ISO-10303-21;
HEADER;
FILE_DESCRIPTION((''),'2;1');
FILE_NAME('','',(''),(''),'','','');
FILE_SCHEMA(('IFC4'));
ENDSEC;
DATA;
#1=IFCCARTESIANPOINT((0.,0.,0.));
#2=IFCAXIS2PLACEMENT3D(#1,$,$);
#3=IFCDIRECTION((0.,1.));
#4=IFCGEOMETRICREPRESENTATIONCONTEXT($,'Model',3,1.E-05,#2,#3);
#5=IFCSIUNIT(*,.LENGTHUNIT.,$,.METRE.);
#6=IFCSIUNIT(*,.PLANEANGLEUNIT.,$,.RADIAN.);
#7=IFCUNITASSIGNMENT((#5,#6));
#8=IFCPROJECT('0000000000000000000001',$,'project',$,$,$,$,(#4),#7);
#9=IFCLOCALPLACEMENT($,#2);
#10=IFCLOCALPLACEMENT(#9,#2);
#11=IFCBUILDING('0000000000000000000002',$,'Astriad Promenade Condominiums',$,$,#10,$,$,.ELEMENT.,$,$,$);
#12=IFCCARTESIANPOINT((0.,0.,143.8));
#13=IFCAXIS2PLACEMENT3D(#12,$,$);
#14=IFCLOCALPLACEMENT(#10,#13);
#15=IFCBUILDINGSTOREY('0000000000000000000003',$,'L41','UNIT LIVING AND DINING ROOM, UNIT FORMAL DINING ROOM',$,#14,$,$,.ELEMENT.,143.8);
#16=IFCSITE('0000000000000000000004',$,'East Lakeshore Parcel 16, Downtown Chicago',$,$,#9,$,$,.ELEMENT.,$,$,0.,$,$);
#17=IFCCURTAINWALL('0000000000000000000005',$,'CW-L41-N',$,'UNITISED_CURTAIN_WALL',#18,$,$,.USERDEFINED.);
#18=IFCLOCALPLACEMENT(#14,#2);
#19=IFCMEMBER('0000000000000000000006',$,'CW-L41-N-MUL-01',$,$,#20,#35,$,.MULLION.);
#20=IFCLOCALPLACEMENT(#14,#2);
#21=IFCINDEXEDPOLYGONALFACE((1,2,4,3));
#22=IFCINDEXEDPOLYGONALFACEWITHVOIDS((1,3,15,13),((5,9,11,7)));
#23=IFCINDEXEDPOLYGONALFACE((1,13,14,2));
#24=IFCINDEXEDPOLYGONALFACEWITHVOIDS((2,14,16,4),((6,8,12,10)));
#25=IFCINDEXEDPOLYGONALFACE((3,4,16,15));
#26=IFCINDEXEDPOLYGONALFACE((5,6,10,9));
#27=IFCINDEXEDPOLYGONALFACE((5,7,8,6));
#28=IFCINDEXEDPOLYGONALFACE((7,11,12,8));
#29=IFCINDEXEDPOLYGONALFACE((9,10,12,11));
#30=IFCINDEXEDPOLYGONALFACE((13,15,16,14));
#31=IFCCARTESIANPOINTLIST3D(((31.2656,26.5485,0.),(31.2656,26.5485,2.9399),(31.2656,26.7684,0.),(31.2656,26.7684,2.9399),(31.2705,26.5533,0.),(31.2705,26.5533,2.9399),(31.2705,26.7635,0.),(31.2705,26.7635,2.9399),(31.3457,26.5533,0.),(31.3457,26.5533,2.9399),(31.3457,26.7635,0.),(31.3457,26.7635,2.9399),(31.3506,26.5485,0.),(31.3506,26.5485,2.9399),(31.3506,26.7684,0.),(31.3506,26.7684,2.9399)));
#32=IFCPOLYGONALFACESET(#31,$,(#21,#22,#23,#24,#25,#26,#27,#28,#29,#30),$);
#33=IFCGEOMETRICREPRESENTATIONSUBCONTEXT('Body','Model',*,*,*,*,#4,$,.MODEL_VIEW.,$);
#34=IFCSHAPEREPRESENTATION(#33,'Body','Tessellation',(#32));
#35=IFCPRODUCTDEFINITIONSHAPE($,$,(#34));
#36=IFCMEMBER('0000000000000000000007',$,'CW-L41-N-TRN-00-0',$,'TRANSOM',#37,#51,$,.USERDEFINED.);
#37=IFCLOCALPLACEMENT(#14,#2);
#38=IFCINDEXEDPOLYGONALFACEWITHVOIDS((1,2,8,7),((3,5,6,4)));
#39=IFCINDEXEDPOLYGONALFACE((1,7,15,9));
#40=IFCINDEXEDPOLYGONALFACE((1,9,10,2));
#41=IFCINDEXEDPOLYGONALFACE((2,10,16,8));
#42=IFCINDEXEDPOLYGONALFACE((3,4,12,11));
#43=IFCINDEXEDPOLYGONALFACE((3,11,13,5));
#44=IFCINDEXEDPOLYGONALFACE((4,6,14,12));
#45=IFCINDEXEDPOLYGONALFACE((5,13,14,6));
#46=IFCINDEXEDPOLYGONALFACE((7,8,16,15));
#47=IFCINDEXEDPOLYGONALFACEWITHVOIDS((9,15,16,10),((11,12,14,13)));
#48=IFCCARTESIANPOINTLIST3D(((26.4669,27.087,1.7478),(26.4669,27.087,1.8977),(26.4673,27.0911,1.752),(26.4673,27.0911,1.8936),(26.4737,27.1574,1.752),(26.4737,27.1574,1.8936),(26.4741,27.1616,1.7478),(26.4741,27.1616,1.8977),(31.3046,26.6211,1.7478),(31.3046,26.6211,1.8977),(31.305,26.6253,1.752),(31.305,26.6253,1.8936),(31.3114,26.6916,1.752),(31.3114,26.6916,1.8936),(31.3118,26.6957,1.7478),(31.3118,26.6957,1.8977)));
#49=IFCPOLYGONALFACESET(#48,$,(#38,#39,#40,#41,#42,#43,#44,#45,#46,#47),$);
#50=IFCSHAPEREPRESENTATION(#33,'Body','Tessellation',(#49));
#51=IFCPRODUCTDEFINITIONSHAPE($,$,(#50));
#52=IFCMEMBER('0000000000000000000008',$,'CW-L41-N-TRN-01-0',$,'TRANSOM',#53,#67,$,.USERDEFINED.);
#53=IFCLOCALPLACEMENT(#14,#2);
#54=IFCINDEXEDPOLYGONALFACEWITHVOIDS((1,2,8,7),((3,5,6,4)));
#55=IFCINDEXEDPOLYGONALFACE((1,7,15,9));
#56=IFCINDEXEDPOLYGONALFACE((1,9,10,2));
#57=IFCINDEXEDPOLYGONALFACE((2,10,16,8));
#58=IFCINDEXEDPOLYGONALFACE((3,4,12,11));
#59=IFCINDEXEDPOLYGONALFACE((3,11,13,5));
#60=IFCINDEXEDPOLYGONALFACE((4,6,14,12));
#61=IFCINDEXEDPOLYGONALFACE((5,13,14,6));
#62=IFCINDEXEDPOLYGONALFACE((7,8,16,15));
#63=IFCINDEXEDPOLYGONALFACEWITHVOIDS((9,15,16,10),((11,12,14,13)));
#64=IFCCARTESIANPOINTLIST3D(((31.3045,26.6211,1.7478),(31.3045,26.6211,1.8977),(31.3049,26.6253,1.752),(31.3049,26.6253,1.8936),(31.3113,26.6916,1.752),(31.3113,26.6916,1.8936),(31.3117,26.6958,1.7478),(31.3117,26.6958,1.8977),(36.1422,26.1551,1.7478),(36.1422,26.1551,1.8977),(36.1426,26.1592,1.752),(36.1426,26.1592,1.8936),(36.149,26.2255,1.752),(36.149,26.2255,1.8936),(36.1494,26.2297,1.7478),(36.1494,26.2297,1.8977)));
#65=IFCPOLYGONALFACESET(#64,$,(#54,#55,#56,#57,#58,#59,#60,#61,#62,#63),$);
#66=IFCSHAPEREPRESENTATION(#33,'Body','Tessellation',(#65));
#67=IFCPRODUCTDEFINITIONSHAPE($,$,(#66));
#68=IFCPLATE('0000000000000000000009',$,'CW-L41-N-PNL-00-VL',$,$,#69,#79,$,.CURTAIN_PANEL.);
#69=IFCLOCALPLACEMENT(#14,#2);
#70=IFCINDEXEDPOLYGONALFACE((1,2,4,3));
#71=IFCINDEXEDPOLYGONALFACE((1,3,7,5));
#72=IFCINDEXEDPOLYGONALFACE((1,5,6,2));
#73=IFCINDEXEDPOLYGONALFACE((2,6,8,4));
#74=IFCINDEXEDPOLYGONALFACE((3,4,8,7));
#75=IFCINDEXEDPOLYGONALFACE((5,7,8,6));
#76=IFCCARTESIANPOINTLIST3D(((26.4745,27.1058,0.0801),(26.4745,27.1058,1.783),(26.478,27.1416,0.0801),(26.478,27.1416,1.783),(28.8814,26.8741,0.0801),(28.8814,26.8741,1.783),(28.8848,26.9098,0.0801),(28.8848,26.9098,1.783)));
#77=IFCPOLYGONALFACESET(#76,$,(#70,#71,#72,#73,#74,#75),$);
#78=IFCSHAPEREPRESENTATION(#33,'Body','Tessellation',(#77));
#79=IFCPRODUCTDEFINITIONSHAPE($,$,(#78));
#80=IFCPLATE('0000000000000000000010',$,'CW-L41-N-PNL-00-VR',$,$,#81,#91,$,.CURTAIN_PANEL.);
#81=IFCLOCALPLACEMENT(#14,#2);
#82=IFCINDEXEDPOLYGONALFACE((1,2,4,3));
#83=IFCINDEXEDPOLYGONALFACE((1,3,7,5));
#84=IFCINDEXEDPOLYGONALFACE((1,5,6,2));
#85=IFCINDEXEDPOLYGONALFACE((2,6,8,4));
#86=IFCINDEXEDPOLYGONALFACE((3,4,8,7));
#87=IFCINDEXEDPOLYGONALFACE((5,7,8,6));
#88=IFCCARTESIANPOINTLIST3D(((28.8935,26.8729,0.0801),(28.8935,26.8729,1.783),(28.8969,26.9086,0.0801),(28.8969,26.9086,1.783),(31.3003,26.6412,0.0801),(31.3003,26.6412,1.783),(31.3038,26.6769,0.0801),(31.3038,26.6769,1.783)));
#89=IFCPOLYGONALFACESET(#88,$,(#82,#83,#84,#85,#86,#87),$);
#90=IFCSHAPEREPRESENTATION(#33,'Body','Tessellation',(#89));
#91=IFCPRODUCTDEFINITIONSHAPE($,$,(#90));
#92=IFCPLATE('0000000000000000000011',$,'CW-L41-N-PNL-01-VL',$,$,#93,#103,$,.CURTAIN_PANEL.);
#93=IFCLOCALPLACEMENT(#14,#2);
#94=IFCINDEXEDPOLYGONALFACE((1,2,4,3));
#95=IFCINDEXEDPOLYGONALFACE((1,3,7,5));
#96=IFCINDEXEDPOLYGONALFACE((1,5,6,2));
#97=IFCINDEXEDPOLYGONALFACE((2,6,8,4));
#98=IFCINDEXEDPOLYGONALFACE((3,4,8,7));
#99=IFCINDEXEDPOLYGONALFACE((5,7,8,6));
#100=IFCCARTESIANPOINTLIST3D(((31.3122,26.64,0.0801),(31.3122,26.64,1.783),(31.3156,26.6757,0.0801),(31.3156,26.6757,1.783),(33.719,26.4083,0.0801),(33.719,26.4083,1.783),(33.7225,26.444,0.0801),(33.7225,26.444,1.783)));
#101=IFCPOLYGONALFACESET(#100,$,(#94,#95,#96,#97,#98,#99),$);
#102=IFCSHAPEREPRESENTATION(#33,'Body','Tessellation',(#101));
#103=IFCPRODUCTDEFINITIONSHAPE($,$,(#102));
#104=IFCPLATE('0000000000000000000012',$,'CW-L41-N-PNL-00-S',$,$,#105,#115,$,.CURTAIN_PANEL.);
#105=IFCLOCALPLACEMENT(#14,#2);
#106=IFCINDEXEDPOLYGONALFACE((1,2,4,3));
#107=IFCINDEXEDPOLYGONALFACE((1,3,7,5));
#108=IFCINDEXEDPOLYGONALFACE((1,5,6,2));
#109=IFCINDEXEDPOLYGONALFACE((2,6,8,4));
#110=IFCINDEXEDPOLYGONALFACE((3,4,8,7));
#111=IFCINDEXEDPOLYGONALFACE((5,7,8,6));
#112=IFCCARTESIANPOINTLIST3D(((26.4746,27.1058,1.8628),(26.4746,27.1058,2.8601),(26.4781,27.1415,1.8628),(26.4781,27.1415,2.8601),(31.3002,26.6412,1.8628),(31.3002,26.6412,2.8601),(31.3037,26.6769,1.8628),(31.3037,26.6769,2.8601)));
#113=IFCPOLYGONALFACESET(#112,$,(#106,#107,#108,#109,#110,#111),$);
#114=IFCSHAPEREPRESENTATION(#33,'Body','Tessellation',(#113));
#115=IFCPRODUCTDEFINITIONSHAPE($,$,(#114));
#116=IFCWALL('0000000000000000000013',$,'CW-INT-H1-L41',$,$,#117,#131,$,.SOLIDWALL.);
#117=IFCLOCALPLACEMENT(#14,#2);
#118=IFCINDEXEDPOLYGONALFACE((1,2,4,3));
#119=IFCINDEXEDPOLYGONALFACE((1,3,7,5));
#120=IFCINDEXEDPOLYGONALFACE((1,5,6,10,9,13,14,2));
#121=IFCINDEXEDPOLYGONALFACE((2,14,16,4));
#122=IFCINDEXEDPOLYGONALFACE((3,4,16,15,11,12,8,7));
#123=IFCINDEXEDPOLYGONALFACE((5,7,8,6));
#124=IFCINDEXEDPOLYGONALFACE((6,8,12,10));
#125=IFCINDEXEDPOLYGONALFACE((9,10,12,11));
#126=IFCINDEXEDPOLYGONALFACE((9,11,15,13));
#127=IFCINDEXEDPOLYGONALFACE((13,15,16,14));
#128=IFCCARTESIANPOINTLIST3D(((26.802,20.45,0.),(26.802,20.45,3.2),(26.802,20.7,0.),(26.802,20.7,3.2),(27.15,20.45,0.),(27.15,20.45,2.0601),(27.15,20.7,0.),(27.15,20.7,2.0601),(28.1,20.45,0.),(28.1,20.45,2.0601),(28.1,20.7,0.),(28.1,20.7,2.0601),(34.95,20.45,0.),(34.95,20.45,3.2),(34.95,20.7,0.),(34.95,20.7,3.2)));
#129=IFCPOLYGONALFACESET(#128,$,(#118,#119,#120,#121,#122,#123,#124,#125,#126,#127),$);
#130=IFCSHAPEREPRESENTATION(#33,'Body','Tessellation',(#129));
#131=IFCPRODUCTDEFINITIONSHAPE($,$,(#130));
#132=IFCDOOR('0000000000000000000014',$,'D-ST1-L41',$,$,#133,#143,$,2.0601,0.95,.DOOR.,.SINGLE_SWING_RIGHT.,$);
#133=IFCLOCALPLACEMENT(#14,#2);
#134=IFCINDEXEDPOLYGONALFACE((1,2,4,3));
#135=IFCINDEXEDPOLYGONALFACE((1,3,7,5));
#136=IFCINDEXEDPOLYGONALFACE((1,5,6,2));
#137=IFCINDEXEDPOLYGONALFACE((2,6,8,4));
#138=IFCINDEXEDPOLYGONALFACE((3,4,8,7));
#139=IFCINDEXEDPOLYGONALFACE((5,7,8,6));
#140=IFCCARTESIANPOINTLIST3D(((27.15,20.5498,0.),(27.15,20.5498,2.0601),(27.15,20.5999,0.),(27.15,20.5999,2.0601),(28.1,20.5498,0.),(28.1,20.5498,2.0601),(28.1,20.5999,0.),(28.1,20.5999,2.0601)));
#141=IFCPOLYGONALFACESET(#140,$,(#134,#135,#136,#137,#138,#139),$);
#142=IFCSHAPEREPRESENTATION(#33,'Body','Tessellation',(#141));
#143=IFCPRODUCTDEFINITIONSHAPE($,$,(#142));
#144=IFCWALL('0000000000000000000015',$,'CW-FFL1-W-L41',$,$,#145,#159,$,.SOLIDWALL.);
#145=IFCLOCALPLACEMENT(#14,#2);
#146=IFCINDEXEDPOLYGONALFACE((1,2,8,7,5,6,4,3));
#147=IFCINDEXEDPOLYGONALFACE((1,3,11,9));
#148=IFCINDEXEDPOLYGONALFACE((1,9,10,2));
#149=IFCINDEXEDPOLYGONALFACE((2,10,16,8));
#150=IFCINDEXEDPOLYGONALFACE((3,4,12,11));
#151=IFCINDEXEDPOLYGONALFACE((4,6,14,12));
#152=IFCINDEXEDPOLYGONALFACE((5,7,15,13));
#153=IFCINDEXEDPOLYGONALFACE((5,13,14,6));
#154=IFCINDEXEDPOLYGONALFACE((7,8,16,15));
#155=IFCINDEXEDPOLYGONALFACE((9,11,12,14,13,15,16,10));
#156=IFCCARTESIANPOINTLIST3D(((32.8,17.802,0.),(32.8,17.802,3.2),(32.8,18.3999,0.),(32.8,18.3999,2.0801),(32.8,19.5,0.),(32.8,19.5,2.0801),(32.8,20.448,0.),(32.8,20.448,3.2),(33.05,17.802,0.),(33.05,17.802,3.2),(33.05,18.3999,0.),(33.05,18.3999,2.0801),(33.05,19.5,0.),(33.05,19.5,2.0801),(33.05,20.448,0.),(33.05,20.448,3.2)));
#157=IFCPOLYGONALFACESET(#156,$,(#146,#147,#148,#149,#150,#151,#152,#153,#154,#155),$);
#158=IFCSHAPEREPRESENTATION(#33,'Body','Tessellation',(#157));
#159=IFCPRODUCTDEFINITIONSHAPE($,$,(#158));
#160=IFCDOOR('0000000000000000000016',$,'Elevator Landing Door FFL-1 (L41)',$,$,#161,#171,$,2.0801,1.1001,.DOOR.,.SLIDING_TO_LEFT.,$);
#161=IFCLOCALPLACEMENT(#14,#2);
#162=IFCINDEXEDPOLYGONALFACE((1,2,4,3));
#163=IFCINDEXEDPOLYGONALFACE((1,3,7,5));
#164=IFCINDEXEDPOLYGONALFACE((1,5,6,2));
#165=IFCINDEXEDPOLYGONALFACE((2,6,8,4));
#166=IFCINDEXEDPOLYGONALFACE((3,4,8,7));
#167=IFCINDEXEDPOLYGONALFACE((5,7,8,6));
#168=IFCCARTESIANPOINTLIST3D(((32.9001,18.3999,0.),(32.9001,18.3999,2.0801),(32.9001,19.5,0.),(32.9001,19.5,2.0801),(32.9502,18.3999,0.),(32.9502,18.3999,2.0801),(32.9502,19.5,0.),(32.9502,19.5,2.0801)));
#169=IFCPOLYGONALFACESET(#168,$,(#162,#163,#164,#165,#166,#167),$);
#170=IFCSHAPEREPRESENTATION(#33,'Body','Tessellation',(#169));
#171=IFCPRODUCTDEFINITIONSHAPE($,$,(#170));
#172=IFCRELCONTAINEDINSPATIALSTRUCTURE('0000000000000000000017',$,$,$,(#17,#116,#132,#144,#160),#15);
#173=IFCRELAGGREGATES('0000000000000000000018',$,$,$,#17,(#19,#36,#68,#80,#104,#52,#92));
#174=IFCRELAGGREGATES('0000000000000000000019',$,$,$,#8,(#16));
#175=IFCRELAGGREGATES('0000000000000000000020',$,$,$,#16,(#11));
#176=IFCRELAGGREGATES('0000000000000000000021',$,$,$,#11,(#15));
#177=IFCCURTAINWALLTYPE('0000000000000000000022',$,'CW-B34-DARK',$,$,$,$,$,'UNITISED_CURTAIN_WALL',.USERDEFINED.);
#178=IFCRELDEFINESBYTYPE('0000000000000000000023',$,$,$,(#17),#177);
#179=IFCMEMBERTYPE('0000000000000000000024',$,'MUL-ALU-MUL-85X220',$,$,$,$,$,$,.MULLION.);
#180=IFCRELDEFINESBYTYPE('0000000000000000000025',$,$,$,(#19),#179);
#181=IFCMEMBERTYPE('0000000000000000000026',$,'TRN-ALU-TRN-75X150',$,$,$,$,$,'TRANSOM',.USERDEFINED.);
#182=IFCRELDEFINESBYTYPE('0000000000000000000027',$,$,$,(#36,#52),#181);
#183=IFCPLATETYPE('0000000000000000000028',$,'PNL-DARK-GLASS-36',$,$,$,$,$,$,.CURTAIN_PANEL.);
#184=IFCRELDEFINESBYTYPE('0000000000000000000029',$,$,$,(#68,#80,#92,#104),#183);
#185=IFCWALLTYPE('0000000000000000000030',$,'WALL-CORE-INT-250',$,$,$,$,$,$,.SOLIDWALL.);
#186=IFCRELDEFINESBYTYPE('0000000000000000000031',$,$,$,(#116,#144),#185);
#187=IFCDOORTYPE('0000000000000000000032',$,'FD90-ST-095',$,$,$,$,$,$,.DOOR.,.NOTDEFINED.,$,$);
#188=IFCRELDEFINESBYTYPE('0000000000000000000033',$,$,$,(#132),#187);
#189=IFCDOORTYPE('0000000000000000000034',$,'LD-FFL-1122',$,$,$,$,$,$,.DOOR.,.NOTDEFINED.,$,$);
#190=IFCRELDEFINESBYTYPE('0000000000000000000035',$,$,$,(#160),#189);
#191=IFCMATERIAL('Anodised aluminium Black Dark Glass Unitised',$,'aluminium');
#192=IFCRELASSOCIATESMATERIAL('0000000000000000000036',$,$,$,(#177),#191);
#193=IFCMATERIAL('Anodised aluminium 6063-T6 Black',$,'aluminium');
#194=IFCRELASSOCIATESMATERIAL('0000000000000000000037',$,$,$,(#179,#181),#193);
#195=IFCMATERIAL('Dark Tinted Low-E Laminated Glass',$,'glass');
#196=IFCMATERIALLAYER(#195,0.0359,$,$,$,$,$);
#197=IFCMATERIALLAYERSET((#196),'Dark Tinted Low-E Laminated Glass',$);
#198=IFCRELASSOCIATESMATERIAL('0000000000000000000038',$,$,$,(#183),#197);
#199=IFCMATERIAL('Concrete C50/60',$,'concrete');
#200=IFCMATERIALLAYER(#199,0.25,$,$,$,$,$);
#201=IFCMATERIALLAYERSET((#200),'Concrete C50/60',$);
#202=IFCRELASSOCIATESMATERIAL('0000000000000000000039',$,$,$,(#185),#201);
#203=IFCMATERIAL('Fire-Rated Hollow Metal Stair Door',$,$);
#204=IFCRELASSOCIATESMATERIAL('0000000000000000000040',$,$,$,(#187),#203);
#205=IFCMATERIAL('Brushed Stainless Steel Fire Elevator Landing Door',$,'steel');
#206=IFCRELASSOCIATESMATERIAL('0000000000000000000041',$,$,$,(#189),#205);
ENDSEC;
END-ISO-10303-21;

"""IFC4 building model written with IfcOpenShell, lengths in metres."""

from ifc_helpers import new_model, si_unit, direction, frame, frame_2d, origin, origin_2d, place, context, subcontext, project, spatial, rectangle, hollow_rectangle, extrude, source, transform, mapped, material, layer, layer_set, material_profile, profile_set, type_object, type_shapes, element, fill, aggregate, save


model = new_model("IFC4")

# Units and contexts
model_context = context("Model", 3, precision=1e-05, world=origin(), true_north=direction((0.0, 1.0)))
body_context = subcontext(model_context, "Body", "Model", "MODEL_VIEW")
ifc_project = project(units=[si_unit("LENGTHUNIT", "METRE"), si_unit("PLANEANGLEUNIT", "RADIAN")], contexts=[model_context])

# Site, building, storey
site_placement = place(None, origin())
site = spatial("IfcSite", under=ifc_project, at=site_placement, Name="East Lakeshore Parcel 16, Downtown Chicago", CompositionType="ELEMENT", RefElevation=0.0)
building_placement = place(site_placement, origin())
building = spatial("IfcBuilding", under=site, at=building_placement, Name="Astriad Promenade Condominiums", CompositionType="ELEMENT")
storey_placement = place(building_placement, frame((0.0, 0.0, 143.8)))
storey = spatial("IfcBuildingStorey", under=building, at=storey_placement, Name="L41", Description="UNIT LIVING AND DINING ROOM, UNIT FORMAL DINING ROOM", CompositionType="ELEMENT", Elevation=143.8)

# Curtain wall, members, plates
ifc_material_1 = material(Name="Anodised aluminium Black Dark Glass Unitised", Category="aluminium")
curtain_wall_type = type_object("IfcCurtainWallType", Name="CW-B34-DARK", ElementType="UNITISED_CURTAIN_WALL", PredefinedType="USERDEFINED", material=ifc_material_1)
curtain_wall_placement = place(storey_placement, origin())
curtain_wall = element("IfcCurtainWall", 1, at=curtain_wall_placement, inside=storey, type_object=curtain_wall_type, Name="CW-L41-N", ObjectType="UNITISED_CURTAIN_WALL", PredefinedType="USERDEFINED")
ifc_material_2 = material(Name="Anodised aluminium 6063-T6 Black", Category="aluminium")
ifc_material_profile_1 = material_profile(ifc_material_2, hollow_rectangle(XDim=0.085, YDim=0.22, WallThickness=0.0049, at=origin_2d()), Name="ALU-MUL-85X220")
ifc_profile_set_1 = profile_set([ifc_material_profile_1], Name="Anodised aluminium 6063-T6 Black")
member_type_1 = type_object("IfcMemberType", Name="MUL-ALU-MUL-85X220", PredefinedType="MULLION", material=ifc_profile_set_1)
shared_shape_1 = source(origin(), body_context, "Body", "SweptSolid", [
    extrude(hollow_rectangle(XDim=0.085, YDim=0.22, WallThickness=0.0049, at=origin_2d()), origin(), (0.0, 0.0, 1.0), 2.9399),
])
type_shapes(member_type_1, [shared_shape_1])
member_1_placement = place(storey_placement, frame((31.3081, 26.6584, 0.0), z_axis=(0.0, 0.0, 1.0), x_axis=(1.0, 0.0, 0.0)))
member_1 = element("IfcMember", 2, at=member_1_placement, type_object=member_type_1, Name="CW-L41-N-MUL-01", PredefinedType="MULLION", context=body_context, shape_type="MappedRepresentation", body=[
    mapped(shared_shape_1, transform((0.0, 0.0, 0.0), scale=1.0)),
])
ifc_material_profile_2 = material_profile(ifc_material_2, hollow_rectangle(XDim=0.075, YDim=0.1499, WallThickness=0.0042, at=origin_2d()), Name="ALU-TRN-75X150")
ifc_profile_set_2 = profile_set([ifc_material_profile_2], Name="Anodised aluminium 6063-T6 Black")
member_type_2 = type_object("IfcMemberType", Name="TRN-ALU-TRN-75X150", ElementType="TRANSOM", PredefinedType="USERDEFINED", material=ifc_profile_set_2)
shared_shape_2 = source(origin(), body_context, "Body", "SweptSolid", [
    extrude(hollow_rectangle(XDim=0.075, YDim=0.1499, WallThickness=0.0042, at=origin_2d()), origin(), (0.0, 0.0, 1.0), 4.8601),
])
type_shapes(member_type_2, [shared_shape_2])
member_2_placement = place(storey_placement, frame((26.4705, 27.1243, 1.8228), z_axis=(0.995396, -0.095847, 0.0), x_axis=(0.095847, 0.995396, 0.0)))
member_2 = element("IfcMember", 3, at=member_2_placement, type_object=member_type_2, Name="CW-L41-N-TRN-00-0", ObjectType="TRANSOM", PredefinedType="USERDEFINED", context=body_context, shape_type="MappedRepresentation", body=[
    mapped(shared_shape_2, transform((0.0, 0.0, 0.0), scale=1.0)),
])
member_3_placement = place(storey_placement, frame((31.3081, 26.6584, 1.8228), z_axis=(0.995391, -0.095897, 0.0), x_axis=(0.095897, 0.995391, 0.0)))
member_3 = element("IfcMember", 4, at=member_3_placement, type_object=member_type_2, Name="CW-L41-N-TRN-01-0", ObjectType="TRANSOM", PredefinedType="USERDEFINED", context=body_context, shape_type="MappedRepresentation", body=[
    mapped(shared_shape_2, transform((0.0, 0.0, 0.0), scale=1.0)),
])
ifc_material_3 = material(Name="Dark Tinted Low-E Laminated Glass", Category="glass")
ifc_layer_1 = layer(ifc_material_3, 0.0359)
ifc_layer_set_1 = layer_set([ifc_layer_1], Name="Dark Tinted Low-E Laminated Glass")
plate_type = type_object("IfcPlateType", Name="PNL-DARK-GLASS-36", PredefinedType="CURTAIN_PANEL", material=ifc_layer_set_1)
shared_shape_3 = source(origin(), body_context, "Body", "SweptSolid", [
    extrude(rectangle(XDim=2.418, YDim=0.0359, at=origin_2d()), origin(), (0.0, 0.0, 1.0), 1.7029),
])
plate_1_placement = place(storey_placement, frame((27.6797, 27.0078, 0.0801), z_axis=(0.0, 0.0, 1.0), x_axis=(0.995396, -0.095846, 0.0)))
plate_1 = element("IfcPlate", 5, at=plate_1_placement, type_object=plate_type, Name="CW-L41-N-PNL-00-VL", PredefinedType="CURTAIN_PANEL", context=body_context, shape_type="MappedRepresentation", body=[
    mapped(shared_shape_3, transform((0.0, 0.0, 0.0), scale=1.0)),
])
plate_2_placement = place(storey_placement, frame((30.0986, 26.7749, 0.0801), z_axis=(0.0, 0.0, 1.0), x_axis=(0.995396, -0.095846, 0.0)))
plate_2 = element("IfcPlate", 6, at=plate_2_placement, type_object=plate_type, Name="CW-L41-N-PNL-00-VR", PredefinedType="CURTAIN_PANEL", context=body_context, shape_type="MappedRepresentation", body=[
    mapped(shared_shape_3, transform((0.0, 0.0, 0.0), scale=1.0)),
])
plate_3_placement = place(storey_placement, frame((32.5173, 26.542, 0.0801), z_axis=(0.0, 0.0, 1.0), x_axis=(0.995396, -0.095846, 0.0)))
plate_3 = element("IfcPlate", 7, at=plate_3_placement, type_object=plate_type, Name="CW-L41-N-PNL-01-VL", PredefinedType="CURTAIN_PANEL", context=body_context, shape_type="MappedRepresentation", body=[
    mapped(shared_shape_3, transform((0.0, 0.0, 0.0), scale=1.0)),
])
shared_shape_4 = source(origin(), body_context, "Body", "SweptSolid", [
    extrude(rectangle(XDim=4.8479, YDim=0.0359, at=origin_2d()), origin(), (0.0, 0.0, 1.0), 0.9973),
])
type_shapes(plate_type, [shared_shape_3, shared_shape_4])
plate_4_placement = place(storey_placement, frame((28.8892, 26.8914, 1.8628), z_axis=(0.0, 0.0, 1.0), x_axis=(0.995396, -0.095846, 0.0)))
plate_4 = element("IfcPlate", 8, at=plate_4_placement, type_object=plate_type, Name="CW-L41-N-PNL-00-S", PredefinedType="CURTAIN_PANEL", context=body_context, shape_type="MappedRepresentation", body=[
    mapped(shared_shape_4, transform((0.0, 0.0, 0.0), scale=1.0)),
])
aggregate(curtain_wall, [member_1, member_2, plate_1, plate_2, plate_4, member_3, plate_3])

# Walls, openings, doors
ifc_material_4 = material(Name="Concrete C50/60", Category="concrete")
ifc_layer_2 = layer(ifc_material_4, 0.25)
ifc_layer_set_2 = layer_set([ifc_layer_2], Name="Concrete C50/60")
wall_type = type_object("IfcWallType", Name="WALL-CORE-INT-250", PredefinedType="SOLIDWALL", material=ifc_layer_set_2)
wall_1_placement = place(storey_placement, frame((26.802, 20.575, 0.0), z_axis=(0.0, 0.0, 1.0), x_axis=(1.0, 0.0, 0.0)))
wall_1 = element("IfcWall", 9, at=wall_1_placement, inside=storey, type_object=wall_type, Name="CW-INT-H1-L41", PredefinedType="SOLIDWALL", context=body_context, shape_type="SweptSolid", body=[
    extrude(rectangle(XDim=8.1479, YDim=0.25, at=frame_2d((4.074, 0.0))), origin(), (0.0, 0.0, 1.0), 3.2),
])
opening_1_placement = place(wall_1_placement, frame((0.3479, 0.0, 0.0)))
opening_1 = element("IfcOpeningElement", 10, at=opening_1_placement, cuts=wall_1, PredefinedType="OPENING", context=body_context, shape_type="SweptSolid", body=[
    extrude(rectangle(XDim=0.95, YDim=2.0601, at=frame_2d((0.4751, 1.03))), frame((0.0, 0.135, 0.0), z_axis=(0.0, -1.0, 0.0), x_axis=(1.0, 0.0, 0.0)), (0.0, 0.0, 1.0), 0.27),
])
ifc_material_5 = material(Name="Fire-Rated Hollow Metal Stair Door")
door_type_1 = type_object("IfcDoorType", Name="FD90-ST-095", OperationType="NOTDEFINED", PredefinedType="DOOR", material=ifc_material_5)
shared_shape_5 = source(origin(), body_context, "Body", "SweptSolid", [
    extrude(rectangle(XDim=0.95, YDim=2.0601, at=frame_2d((0.4751, 1.03))), frame((0.0, 0.0249, 0.0), z_axis=(0.0, -1.0, 0.0), x_axis=(1.0, 0.0, 0.0)), (0.0, 0.0, 1.0), 0.05),
])
type_shapes(door_type_1, [shared_shape_5])
door_1_placement = place(opening_1_placement, origin())
door_1 = element("IfcDoor", 11, at=door_1_placement, inside=storey, type_object=door_type_1, Name="D-ST1-L41", OperationType="SINGLE_SWING_RIGHT", OverallHeight=2.0601, OverallWidth=0.95, PredefinedType="DOOR", context=body_context, shape_type="MappedRepresentation", body=[
    mapped(shared_shape_5, transform((0.0, 0.0, 0.0), scale=1.0)),
])
fill(opening_1, door_1)
wall_2_placement = place(storey_placement, frame((32.925, 17.802, 0.0), z_axis=(0.0, 0.0, 1.0), x_axis=(0.0, 1.0, 0.0)))
wall_2 = element("IfcWall", 12, at=wall_2_placement, inside=storey, type_object=wall_type, Name="CW-FFL1-W-L41", PredefinedType="SOLIDWALL", context=body_context, shape_type="SweptSolid", body=[
    extrude(rectangle(XDim=2.646, YDim=0.25, at=frame_2d((1.323, 0.0))), origin(), (0.0, 0.0, 1.0), 3.2),
])
opening_2_placement = place(wall_2_placement, frame((0.5979, 0.0, 0.0)))
opening_2 = element("IfcOpeningElement", 13, at=opening_2_placement, cuts=wall_2, PredefinedType="OPENING", context=body_context, shape_type="SweptSolid", body=[
    extrude(rectangle(XDim=1.1001, YDim=2.0801, at=frame_2d((0.55, 1.04))), frame((0.0, 0.135, 0.0), z_axis=(0.0, -1.0, 0.0), x_axis=(1.0, 0.0, 0.0)), (0.0, 0.0, 1.0), 0.27),
])
ifc_material_6 = material(Name="Brushed Stainless Steel Fire Elevator Landing Door", Category="steel")
door_type_2 = type_object("IfcDoorType", Name="LD-FFL-1122", OperationType="NOTDEFINED", PredefinedType="DOOR", material=ifc_material_6)
shared_shape_6 = source(origin(), body_context, "Body", "SweptSolid", [
    extrude(rectangle(XDim=1.1001, YDim=2.0801, at=frame_2d((0.55, 1.04))), frame((0.0, 0.0249, 0.0), z_axis=(0.0, -1.0, 0.0), x_axis=(1.0, 0.0, 0.0)), (0.0, 0.0, 1.0), 0.05),
])
type_shapes(door_type_2, [shared_shape_6])
door_2_placement = place(opening_2_placement, origin())
door_2 = element("IfcDoor", 14, at=door_2_placement, inside=storey, type_object=door_type_2, Name="Elevator Landing Door FFL-1 (L41)", OperationType="SLIDING_TO_LEFT", OverallHeight=2.0801, OverallWidth=1.1001, PredefinedType="DOOR", context=body_context, shape_type="MappedRepresentation", body=[
    mapped(shared_shape_6, transform((0.0, 0.0, 0.0), scale=1.0)),
])
fill(opening_2, door_2)

save(model, "model.ifc")
